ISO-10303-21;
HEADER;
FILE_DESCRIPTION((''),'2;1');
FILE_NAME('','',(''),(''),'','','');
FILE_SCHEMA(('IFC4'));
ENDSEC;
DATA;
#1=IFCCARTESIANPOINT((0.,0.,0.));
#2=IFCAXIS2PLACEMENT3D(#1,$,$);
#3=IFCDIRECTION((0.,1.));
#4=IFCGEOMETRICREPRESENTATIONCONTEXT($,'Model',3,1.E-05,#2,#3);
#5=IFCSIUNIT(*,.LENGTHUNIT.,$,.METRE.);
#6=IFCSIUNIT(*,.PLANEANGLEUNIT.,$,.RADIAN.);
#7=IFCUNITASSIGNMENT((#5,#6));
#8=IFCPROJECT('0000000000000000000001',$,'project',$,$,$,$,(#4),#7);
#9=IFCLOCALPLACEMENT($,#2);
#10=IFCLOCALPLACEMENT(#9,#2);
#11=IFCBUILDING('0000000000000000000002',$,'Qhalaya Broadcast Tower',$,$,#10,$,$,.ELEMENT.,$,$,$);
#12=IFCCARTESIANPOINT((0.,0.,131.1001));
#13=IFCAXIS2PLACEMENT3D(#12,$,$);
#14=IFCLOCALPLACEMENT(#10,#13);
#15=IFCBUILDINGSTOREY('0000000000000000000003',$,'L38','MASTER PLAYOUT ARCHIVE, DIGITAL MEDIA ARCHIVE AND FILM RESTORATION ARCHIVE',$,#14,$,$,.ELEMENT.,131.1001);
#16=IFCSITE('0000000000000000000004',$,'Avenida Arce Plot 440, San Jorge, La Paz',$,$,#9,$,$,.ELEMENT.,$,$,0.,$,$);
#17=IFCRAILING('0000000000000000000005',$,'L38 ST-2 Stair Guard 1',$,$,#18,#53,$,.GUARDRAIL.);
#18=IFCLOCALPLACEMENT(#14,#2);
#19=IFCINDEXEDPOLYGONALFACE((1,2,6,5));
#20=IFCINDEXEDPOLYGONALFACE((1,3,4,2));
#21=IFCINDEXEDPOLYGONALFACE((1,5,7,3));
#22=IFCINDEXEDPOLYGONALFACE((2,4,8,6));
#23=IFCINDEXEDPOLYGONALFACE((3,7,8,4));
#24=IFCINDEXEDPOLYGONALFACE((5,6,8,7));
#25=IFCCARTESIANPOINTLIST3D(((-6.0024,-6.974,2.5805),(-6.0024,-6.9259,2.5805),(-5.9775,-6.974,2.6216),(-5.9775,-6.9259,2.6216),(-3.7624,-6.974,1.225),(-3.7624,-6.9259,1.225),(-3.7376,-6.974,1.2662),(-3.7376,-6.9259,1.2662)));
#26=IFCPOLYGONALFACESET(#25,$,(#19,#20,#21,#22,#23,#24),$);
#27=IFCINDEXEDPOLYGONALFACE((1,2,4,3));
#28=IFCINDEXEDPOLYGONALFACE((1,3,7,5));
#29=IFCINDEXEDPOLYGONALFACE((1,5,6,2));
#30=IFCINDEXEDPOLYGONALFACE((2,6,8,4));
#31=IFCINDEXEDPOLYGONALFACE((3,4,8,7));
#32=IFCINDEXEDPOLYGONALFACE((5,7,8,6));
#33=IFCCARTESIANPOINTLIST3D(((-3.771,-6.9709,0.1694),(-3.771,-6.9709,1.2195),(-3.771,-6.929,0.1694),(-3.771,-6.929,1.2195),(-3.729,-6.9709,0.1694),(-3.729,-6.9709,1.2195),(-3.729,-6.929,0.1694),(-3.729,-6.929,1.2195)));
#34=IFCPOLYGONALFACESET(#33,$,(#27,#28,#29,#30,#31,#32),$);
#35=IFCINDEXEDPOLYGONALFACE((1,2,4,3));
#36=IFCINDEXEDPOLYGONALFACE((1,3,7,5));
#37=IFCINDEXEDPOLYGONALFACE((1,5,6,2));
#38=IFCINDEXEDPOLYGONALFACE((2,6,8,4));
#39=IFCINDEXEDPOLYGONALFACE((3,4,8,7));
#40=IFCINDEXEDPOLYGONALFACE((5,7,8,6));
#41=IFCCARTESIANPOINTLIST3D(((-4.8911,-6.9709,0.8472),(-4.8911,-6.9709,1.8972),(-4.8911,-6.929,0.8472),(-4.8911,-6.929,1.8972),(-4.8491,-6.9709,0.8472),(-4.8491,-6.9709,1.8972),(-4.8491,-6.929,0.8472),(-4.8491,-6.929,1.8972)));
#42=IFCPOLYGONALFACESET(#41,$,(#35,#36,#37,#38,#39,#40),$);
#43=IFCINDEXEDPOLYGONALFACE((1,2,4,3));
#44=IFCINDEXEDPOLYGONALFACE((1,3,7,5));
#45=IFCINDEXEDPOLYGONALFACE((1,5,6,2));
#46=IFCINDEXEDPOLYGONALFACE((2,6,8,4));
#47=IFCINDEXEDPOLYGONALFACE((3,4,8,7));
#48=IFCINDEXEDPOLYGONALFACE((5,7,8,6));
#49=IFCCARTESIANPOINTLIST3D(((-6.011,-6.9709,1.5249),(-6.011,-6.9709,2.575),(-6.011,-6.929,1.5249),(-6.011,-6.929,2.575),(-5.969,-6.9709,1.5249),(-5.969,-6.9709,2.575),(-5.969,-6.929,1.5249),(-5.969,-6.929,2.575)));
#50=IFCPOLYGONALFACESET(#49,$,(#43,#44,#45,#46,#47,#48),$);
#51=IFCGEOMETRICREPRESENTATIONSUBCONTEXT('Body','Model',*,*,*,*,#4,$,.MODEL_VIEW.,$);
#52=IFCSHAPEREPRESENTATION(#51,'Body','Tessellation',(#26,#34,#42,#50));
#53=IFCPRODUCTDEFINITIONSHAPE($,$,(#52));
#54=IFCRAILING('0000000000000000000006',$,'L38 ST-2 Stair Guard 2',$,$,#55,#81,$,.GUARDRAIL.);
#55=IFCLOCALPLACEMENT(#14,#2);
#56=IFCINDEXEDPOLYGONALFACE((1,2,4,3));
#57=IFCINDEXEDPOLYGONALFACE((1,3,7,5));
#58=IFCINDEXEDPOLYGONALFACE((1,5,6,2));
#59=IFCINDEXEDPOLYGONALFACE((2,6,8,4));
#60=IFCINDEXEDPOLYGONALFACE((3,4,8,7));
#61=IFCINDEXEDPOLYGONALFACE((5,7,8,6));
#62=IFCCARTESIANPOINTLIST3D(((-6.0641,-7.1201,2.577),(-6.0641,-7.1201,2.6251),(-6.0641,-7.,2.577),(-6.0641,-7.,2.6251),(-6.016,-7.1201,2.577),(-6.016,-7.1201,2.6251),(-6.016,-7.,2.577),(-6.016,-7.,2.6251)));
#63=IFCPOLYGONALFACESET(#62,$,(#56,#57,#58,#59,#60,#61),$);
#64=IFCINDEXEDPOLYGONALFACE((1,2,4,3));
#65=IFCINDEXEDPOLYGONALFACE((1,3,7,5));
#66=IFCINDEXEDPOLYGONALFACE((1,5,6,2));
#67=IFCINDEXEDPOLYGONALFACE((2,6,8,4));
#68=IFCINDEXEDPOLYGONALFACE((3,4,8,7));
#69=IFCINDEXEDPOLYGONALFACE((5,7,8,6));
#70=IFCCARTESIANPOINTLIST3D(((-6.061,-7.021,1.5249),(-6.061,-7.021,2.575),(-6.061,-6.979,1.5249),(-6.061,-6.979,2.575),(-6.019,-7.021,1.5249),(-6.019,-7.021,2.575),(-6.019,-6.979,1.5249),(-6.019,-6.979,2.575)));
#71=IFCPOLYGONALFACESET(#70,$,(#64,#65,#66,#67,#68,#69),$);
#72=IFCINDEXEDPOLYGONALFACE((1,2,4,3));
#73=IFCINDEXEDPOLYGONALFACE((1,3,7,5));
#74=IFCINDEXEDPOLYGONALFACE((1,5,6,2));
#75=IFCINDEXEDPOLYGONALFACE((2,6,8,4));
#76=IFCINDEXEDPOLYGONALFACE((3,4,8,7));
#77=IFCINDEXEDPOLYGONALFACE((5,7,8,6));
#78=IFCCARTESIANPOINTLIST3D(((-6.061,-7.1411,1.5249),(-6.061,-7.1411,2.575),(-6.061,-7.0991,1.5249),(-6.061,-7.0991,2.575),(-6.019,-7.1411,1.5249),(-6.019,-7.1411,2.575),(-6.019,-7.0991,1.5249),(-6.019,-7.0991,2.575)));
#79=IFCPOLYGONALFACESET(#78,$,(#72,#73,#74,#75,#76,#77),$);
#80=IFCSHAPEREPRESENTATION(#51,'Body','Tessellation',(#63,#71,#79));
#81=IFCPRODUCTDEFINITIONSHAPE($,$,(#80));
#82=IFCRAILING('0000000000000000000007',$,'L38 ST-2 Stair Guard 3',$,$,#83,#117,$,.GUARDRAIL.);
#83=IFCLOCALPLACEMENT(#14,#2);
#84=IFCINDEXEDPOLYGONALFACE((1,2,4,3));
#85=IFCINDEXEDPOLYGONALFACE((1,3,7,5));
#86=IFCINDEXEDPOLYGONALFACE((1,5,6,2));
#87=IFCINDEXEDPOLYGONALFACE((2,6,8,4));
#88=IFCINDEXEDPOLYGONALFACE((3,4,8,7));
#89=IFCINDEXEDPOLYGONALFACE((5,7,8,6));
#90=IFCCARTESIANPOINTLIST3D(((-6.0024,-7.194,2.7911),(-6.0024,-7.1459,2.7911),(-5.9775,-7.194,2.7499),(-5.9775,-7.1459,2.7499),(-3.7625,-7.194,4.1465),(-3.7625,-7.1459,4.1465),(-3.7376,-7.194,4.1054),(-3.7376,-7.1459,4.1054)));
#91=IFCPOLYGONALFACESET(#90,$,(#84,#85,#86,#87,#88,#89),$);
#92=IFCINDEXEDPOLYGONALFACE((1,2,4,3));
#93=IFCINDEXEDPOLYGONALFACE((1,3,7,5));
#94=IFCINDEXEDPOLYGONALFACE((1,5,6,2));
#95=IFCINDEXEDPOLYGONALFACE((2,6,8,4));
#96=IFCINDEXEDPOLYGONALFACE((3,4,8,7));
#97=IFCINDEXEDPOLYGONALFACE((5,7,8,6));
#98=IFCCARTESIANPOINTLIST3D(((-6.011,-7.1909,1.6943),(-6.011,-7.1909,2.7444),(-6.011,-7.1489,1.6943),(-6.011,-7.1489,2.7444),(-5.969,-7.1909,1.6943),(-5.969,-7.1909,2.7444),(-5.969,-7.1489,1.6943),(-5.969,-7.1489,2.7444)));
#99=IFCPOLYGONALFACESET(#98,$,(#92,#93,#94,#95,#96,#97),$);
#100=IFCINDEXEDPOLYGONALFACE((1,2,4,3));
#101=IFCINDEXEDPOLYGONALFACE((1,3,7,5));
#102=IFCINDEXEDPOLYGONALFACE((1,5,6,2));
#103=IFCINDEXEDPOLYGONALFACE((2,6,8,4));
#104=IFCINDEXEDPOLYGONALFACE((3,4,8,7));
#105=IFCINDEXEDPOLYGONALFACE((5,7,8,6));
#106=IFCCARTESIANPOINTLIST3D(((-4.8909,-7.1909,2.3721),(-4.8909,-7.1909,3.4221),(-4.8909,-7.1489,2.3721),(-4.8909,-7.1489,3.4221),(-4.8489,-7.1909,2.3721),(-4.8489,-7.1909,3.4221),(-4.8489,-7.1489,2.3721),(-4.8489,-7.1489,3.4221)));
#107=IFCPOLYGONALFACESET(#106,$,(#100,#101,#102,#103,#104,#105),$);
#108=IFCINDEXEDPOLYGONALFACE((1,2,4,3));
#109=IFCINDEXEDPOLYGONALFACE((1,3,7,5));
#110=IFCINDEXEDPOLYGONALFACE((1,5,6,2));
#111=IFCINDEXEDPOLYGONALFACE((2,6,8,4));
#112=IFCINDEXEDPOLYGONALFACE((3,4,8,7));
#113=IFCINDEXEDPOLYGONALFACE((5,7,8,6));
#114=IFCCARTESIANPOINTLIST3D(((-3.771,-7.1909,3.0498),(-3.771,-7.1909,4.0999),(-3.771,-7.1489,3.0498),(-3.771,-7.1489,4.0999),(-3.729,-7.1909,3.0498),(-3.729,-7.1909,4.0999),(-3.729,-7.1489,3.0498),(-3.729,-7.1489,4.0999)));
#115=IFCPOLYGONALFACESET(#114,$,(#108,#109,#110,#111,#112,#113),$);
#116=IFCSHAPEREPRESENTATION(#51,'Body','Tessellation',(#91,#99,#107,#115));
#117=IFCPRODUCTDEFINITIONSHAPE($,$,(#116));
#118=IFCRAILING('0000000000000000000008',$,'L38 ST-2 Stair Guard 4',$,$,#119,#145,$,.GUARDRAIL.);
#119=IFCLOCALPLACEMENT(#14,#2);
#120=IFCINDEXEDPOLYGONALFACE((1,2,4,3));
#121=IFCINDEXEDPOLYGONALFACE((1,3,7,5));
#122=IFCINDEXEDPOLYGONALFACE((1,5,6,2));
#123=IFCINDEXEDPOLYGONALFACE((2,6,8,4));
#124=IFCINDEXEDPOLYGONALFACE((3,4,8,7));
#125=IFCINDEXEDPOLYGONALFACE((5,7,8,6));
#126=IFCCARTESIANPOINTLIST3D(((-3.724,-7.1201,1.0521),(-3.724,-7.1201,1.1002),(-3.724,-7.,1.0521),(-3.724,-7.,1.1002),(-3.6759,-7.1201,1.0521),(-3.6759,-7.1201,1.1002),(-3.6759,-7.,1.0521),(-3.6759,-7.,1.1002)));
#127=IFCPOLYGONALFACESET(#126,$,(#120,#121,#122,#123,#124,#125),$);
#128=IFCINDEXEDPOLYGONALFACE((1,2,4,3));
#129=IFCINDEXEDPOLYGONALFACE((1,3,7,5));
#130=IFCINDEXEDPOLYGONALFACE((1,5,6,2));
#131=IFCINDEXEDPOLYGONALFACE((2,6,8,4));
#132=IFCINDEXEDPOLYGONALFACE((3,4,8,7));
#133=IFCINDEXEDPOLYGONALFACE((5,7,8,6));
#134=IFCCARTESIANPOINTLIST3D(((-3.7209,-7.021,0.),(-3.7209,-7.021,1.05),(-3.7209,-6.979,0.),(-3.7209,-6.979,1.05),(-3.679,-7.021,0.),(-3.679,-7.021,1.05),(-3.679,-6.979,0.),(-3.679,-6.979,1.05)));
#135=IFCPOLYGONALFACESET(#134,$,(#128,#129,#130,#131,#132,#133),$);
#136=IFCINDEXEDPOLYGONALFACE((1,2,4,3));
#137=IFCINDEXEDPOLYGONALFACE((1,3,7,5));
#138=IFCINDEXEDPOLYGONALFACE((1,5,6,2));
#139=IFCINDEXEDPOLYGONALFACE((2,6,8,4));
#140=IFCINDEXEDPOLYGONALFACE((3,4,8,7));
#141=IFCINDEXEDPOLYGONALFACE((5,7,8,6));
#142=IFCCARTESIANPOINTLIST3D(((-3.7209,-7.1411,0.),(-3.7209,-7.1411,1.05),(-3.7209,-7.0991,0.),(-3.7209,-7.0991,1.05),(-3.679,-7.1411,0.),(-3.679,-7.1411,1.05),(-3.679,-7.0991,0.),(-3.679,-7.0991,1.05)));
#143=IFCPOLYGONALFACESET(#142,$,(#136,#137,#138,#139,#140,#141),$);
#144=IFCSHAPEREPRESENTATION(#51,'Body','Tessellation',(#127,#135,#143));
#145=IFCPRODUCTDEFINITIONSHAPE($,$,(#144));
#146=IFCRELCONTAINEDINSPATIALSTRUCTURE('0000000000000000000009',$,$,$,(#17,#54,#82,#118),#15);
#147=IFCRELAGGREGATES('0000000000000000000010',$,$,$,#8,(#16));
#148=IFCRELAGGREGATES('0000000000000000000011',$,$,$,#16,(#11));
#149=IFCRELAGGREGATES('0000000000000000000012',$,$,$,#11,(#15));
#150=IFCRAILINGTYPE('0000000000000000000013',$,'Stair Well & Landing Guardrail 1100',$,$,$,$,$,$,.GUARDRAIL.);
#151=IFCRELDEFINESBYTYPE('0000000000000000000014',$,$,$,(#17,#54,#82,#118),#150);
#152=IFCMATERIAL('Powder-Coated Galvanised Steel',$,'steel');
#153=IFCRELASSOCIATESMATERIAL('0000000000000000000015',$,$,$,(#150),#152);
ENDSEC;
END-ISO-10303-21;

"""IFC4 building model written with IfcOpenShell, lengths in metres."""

from ifc_helpers import new_model, si_unit, direction, frame, origin, origin_2d, place, context, subcontext, project, spatial, rectangle, extrude, material, type_object, element, save


model = new_model("IFC4")

# Units and contexts
model_context = context("Model", 3, precision=1e-05, world=origin(), true_north=direction((0.0, 1.0)))
body_context = subcontext(model_context, "Body", "Model", "MODEL_VIEW")
ifc_project = project(units=[si_unit("LENGTHUNIT", "METRE"), si_unit("PLANEANGLEUNIT", "RADIAN")], contexts=[model_context])

# Site, building, storey
site_placement = place(None, origin())
site = spatial("IfcSite", under=ifc_project, at=site_placement, Name="Avenida Arce Plot 440, San Jorge, La Paz", CompositionType="ELEMENT", RefElevation=0.0)
building_placement = place(site_placement, origin())
building = spatial("IfcBuilding", under=site, at=building_placement, Name="Qhalaya Broadcast Tower", CompositionType="ELEMENT")
storey_placement = place(building_placement, frame((0.0, 0.0, 131.1001)))
storey = spatial("IfcBuildingStorey", under=building, at=storey_placement, Name="L38", Description="MASTER PLAYOUT ARCHIVE, DIGITAL MEDIA ARCHIVE AND FILM RESTORATION ARCHIVE", CompositionType="ELEMENT", Elevation=131.1001)

# Railings
ifc_material_1 = material(Name="Powder-Coated Galvanised Steel", Category="steel")
railing_type_1 = type_object("IfcRailingType", Name="Stair Well & Landing Guardrail 1100", PredefinedType="GUARDRAIL", material=ifc_material_1)
railing_1_placement = place(storey_placement, frame((-3.75, -6.95, 0.1694)))
element("IfcRailing", 1, at=railing_1_placement, inside=storey, type_object=railing_type_1, Name="L38 ST-2 Stair Guard 1", PredefinedType="GUARDRAIL", context=body_context, shape_type="SweptSolid", body=[
    extrude(rectangle(XDim=0.0481, YDim=0.0481, at=origin_2d()), frame((0.0, 0.0, 1.0762), z_axis=(-0.855553, 0.0, 0.517715), x_axis=(0.0, -1.0, 0.0)), (0.0, 0.0, 1.0), 2.6182),
    extrude(rectangle(XDim=0.042, YDim=0.042, at=origin_2d()), origin(), (0.0, 0.0, 1.0), 1.05),
    extrude(rectangle(XDim=0.042, YDim=0.042, at=origin_2d()), frame((-1.1201, 0.0, 0.6777)), (0.0, 0.0, 1.0), 1.05),
    extrude(rectangle(XDim=0.042, YDim=0.042, at=origin_2d()), frame((-2.24, 0.0, 1.3555)), (0.0, 0.0, 1.0), 1.05),
])
railing_2_placement = place(storey_placement, frame((-6.04, -7.0, 1.5249)))
element("IfcRailing", 2, at=railing_2_placement, inside=storey, type_object=railing_type_1, Name="L38 ST-2 Stair Guard 2", PredefinedType="GUARDRAIL", context=body_context, shape_type="SweptSolid", body=[
    extrude(rectangle(XDim=0.0481, YDim=0.0481, at=origin_2d()), frame((0.0, 0.0, 1.0762), z_axis=(0.0, -1.0, 0.0), x_axis=(1.0, 0.0, 0.0)), (0.0, 0.0, 1.0), 0.1201),
    extrude(rectangle(XDim=0.042, YDim=0.042, at=origin_2d()), origin(), (0.0, 0.0, 1.0), 1.05),
    extrude(rectangle(XDim=0.042, YDim=0.042, at=origin_2d()), frame((0.0, -0.1201, 0.0)), (0.0, 0.0, 1.0), 1.05),
])
railing_3_placement = place(storey_placement, frame((-5.99, -7.1699, 1.6943)))
element("IfcRailing", 3, at=railing_3_placement, inside=storey, type_object=railing_type_1, Name="L38 ST-2 Stair Guard 3", PredefinedType="GUARDRAIL", context=body_context, shape_type="SweptSolid", body=[
    extrude(rectangle(XDim=0.0481, YDim=0.0481, at=origin_2d()), frame((0.0, 0.0, 1.0762), z_axis=(0.855553, 0.0, 0.517715), x_axis=(0.0, 1.0, 0.0)), (0.0, 0.0, 1.0), 2.6182),
    extrude(rectangle(XDim=0.042, YDim=0.042, at=origin_2d()), origin(), (0.0, 0.0, 1.0), 1.05),
    extrude(rectangle(XDim=0.042, YDim=0.042, at=origin_2d()), frame((1.1201, 0.0, 0.6777)), (0.0, 0.0, 1.0), 1.05),
    extrude(rectangle(XDim=0.042, YDim=0.042, at=origin_2d()), frame((2.24, 0.0, 1.3555)), (0.0, 0.0, 1.0), 1.05),
])
railing_4_placement = place(storey_placement, frame((-3.7, -7.0, 0.0)))
element("IfcRailing", 4, at=railing_4_placement, inside=storey, type_object=railing_type_1, Name="L38 ST-2 Stair Guard 4", PredefinedType="GUARDRAIL", context=body_context, shape_type="SweptSolid", body=[
    extrude(rectangle(XDim=0.0481, YDim=0.0481, at=origin_2d()), frame((0.0, 0.0, 1.0762), z_axis=(0.0, -1.0, 0.0), x_axis=(1.0, 0.0, 0.0)), (0.0, 0.0, 1.0), 0.1201),
    extrude(rectangle(XDim=0.042, YDim=0.042, at=origin_2d()), origin(), (0.0, 0.0, 1.0), 1.05),
    extrude(rectangle(XDim=0.042, YDim=0.042, at=origin_2d()), frame((0.0, -0.1201, 0.0)), (0.0, 0.0, 1.0), 1.05),
])

save(model, "model.ifc")
